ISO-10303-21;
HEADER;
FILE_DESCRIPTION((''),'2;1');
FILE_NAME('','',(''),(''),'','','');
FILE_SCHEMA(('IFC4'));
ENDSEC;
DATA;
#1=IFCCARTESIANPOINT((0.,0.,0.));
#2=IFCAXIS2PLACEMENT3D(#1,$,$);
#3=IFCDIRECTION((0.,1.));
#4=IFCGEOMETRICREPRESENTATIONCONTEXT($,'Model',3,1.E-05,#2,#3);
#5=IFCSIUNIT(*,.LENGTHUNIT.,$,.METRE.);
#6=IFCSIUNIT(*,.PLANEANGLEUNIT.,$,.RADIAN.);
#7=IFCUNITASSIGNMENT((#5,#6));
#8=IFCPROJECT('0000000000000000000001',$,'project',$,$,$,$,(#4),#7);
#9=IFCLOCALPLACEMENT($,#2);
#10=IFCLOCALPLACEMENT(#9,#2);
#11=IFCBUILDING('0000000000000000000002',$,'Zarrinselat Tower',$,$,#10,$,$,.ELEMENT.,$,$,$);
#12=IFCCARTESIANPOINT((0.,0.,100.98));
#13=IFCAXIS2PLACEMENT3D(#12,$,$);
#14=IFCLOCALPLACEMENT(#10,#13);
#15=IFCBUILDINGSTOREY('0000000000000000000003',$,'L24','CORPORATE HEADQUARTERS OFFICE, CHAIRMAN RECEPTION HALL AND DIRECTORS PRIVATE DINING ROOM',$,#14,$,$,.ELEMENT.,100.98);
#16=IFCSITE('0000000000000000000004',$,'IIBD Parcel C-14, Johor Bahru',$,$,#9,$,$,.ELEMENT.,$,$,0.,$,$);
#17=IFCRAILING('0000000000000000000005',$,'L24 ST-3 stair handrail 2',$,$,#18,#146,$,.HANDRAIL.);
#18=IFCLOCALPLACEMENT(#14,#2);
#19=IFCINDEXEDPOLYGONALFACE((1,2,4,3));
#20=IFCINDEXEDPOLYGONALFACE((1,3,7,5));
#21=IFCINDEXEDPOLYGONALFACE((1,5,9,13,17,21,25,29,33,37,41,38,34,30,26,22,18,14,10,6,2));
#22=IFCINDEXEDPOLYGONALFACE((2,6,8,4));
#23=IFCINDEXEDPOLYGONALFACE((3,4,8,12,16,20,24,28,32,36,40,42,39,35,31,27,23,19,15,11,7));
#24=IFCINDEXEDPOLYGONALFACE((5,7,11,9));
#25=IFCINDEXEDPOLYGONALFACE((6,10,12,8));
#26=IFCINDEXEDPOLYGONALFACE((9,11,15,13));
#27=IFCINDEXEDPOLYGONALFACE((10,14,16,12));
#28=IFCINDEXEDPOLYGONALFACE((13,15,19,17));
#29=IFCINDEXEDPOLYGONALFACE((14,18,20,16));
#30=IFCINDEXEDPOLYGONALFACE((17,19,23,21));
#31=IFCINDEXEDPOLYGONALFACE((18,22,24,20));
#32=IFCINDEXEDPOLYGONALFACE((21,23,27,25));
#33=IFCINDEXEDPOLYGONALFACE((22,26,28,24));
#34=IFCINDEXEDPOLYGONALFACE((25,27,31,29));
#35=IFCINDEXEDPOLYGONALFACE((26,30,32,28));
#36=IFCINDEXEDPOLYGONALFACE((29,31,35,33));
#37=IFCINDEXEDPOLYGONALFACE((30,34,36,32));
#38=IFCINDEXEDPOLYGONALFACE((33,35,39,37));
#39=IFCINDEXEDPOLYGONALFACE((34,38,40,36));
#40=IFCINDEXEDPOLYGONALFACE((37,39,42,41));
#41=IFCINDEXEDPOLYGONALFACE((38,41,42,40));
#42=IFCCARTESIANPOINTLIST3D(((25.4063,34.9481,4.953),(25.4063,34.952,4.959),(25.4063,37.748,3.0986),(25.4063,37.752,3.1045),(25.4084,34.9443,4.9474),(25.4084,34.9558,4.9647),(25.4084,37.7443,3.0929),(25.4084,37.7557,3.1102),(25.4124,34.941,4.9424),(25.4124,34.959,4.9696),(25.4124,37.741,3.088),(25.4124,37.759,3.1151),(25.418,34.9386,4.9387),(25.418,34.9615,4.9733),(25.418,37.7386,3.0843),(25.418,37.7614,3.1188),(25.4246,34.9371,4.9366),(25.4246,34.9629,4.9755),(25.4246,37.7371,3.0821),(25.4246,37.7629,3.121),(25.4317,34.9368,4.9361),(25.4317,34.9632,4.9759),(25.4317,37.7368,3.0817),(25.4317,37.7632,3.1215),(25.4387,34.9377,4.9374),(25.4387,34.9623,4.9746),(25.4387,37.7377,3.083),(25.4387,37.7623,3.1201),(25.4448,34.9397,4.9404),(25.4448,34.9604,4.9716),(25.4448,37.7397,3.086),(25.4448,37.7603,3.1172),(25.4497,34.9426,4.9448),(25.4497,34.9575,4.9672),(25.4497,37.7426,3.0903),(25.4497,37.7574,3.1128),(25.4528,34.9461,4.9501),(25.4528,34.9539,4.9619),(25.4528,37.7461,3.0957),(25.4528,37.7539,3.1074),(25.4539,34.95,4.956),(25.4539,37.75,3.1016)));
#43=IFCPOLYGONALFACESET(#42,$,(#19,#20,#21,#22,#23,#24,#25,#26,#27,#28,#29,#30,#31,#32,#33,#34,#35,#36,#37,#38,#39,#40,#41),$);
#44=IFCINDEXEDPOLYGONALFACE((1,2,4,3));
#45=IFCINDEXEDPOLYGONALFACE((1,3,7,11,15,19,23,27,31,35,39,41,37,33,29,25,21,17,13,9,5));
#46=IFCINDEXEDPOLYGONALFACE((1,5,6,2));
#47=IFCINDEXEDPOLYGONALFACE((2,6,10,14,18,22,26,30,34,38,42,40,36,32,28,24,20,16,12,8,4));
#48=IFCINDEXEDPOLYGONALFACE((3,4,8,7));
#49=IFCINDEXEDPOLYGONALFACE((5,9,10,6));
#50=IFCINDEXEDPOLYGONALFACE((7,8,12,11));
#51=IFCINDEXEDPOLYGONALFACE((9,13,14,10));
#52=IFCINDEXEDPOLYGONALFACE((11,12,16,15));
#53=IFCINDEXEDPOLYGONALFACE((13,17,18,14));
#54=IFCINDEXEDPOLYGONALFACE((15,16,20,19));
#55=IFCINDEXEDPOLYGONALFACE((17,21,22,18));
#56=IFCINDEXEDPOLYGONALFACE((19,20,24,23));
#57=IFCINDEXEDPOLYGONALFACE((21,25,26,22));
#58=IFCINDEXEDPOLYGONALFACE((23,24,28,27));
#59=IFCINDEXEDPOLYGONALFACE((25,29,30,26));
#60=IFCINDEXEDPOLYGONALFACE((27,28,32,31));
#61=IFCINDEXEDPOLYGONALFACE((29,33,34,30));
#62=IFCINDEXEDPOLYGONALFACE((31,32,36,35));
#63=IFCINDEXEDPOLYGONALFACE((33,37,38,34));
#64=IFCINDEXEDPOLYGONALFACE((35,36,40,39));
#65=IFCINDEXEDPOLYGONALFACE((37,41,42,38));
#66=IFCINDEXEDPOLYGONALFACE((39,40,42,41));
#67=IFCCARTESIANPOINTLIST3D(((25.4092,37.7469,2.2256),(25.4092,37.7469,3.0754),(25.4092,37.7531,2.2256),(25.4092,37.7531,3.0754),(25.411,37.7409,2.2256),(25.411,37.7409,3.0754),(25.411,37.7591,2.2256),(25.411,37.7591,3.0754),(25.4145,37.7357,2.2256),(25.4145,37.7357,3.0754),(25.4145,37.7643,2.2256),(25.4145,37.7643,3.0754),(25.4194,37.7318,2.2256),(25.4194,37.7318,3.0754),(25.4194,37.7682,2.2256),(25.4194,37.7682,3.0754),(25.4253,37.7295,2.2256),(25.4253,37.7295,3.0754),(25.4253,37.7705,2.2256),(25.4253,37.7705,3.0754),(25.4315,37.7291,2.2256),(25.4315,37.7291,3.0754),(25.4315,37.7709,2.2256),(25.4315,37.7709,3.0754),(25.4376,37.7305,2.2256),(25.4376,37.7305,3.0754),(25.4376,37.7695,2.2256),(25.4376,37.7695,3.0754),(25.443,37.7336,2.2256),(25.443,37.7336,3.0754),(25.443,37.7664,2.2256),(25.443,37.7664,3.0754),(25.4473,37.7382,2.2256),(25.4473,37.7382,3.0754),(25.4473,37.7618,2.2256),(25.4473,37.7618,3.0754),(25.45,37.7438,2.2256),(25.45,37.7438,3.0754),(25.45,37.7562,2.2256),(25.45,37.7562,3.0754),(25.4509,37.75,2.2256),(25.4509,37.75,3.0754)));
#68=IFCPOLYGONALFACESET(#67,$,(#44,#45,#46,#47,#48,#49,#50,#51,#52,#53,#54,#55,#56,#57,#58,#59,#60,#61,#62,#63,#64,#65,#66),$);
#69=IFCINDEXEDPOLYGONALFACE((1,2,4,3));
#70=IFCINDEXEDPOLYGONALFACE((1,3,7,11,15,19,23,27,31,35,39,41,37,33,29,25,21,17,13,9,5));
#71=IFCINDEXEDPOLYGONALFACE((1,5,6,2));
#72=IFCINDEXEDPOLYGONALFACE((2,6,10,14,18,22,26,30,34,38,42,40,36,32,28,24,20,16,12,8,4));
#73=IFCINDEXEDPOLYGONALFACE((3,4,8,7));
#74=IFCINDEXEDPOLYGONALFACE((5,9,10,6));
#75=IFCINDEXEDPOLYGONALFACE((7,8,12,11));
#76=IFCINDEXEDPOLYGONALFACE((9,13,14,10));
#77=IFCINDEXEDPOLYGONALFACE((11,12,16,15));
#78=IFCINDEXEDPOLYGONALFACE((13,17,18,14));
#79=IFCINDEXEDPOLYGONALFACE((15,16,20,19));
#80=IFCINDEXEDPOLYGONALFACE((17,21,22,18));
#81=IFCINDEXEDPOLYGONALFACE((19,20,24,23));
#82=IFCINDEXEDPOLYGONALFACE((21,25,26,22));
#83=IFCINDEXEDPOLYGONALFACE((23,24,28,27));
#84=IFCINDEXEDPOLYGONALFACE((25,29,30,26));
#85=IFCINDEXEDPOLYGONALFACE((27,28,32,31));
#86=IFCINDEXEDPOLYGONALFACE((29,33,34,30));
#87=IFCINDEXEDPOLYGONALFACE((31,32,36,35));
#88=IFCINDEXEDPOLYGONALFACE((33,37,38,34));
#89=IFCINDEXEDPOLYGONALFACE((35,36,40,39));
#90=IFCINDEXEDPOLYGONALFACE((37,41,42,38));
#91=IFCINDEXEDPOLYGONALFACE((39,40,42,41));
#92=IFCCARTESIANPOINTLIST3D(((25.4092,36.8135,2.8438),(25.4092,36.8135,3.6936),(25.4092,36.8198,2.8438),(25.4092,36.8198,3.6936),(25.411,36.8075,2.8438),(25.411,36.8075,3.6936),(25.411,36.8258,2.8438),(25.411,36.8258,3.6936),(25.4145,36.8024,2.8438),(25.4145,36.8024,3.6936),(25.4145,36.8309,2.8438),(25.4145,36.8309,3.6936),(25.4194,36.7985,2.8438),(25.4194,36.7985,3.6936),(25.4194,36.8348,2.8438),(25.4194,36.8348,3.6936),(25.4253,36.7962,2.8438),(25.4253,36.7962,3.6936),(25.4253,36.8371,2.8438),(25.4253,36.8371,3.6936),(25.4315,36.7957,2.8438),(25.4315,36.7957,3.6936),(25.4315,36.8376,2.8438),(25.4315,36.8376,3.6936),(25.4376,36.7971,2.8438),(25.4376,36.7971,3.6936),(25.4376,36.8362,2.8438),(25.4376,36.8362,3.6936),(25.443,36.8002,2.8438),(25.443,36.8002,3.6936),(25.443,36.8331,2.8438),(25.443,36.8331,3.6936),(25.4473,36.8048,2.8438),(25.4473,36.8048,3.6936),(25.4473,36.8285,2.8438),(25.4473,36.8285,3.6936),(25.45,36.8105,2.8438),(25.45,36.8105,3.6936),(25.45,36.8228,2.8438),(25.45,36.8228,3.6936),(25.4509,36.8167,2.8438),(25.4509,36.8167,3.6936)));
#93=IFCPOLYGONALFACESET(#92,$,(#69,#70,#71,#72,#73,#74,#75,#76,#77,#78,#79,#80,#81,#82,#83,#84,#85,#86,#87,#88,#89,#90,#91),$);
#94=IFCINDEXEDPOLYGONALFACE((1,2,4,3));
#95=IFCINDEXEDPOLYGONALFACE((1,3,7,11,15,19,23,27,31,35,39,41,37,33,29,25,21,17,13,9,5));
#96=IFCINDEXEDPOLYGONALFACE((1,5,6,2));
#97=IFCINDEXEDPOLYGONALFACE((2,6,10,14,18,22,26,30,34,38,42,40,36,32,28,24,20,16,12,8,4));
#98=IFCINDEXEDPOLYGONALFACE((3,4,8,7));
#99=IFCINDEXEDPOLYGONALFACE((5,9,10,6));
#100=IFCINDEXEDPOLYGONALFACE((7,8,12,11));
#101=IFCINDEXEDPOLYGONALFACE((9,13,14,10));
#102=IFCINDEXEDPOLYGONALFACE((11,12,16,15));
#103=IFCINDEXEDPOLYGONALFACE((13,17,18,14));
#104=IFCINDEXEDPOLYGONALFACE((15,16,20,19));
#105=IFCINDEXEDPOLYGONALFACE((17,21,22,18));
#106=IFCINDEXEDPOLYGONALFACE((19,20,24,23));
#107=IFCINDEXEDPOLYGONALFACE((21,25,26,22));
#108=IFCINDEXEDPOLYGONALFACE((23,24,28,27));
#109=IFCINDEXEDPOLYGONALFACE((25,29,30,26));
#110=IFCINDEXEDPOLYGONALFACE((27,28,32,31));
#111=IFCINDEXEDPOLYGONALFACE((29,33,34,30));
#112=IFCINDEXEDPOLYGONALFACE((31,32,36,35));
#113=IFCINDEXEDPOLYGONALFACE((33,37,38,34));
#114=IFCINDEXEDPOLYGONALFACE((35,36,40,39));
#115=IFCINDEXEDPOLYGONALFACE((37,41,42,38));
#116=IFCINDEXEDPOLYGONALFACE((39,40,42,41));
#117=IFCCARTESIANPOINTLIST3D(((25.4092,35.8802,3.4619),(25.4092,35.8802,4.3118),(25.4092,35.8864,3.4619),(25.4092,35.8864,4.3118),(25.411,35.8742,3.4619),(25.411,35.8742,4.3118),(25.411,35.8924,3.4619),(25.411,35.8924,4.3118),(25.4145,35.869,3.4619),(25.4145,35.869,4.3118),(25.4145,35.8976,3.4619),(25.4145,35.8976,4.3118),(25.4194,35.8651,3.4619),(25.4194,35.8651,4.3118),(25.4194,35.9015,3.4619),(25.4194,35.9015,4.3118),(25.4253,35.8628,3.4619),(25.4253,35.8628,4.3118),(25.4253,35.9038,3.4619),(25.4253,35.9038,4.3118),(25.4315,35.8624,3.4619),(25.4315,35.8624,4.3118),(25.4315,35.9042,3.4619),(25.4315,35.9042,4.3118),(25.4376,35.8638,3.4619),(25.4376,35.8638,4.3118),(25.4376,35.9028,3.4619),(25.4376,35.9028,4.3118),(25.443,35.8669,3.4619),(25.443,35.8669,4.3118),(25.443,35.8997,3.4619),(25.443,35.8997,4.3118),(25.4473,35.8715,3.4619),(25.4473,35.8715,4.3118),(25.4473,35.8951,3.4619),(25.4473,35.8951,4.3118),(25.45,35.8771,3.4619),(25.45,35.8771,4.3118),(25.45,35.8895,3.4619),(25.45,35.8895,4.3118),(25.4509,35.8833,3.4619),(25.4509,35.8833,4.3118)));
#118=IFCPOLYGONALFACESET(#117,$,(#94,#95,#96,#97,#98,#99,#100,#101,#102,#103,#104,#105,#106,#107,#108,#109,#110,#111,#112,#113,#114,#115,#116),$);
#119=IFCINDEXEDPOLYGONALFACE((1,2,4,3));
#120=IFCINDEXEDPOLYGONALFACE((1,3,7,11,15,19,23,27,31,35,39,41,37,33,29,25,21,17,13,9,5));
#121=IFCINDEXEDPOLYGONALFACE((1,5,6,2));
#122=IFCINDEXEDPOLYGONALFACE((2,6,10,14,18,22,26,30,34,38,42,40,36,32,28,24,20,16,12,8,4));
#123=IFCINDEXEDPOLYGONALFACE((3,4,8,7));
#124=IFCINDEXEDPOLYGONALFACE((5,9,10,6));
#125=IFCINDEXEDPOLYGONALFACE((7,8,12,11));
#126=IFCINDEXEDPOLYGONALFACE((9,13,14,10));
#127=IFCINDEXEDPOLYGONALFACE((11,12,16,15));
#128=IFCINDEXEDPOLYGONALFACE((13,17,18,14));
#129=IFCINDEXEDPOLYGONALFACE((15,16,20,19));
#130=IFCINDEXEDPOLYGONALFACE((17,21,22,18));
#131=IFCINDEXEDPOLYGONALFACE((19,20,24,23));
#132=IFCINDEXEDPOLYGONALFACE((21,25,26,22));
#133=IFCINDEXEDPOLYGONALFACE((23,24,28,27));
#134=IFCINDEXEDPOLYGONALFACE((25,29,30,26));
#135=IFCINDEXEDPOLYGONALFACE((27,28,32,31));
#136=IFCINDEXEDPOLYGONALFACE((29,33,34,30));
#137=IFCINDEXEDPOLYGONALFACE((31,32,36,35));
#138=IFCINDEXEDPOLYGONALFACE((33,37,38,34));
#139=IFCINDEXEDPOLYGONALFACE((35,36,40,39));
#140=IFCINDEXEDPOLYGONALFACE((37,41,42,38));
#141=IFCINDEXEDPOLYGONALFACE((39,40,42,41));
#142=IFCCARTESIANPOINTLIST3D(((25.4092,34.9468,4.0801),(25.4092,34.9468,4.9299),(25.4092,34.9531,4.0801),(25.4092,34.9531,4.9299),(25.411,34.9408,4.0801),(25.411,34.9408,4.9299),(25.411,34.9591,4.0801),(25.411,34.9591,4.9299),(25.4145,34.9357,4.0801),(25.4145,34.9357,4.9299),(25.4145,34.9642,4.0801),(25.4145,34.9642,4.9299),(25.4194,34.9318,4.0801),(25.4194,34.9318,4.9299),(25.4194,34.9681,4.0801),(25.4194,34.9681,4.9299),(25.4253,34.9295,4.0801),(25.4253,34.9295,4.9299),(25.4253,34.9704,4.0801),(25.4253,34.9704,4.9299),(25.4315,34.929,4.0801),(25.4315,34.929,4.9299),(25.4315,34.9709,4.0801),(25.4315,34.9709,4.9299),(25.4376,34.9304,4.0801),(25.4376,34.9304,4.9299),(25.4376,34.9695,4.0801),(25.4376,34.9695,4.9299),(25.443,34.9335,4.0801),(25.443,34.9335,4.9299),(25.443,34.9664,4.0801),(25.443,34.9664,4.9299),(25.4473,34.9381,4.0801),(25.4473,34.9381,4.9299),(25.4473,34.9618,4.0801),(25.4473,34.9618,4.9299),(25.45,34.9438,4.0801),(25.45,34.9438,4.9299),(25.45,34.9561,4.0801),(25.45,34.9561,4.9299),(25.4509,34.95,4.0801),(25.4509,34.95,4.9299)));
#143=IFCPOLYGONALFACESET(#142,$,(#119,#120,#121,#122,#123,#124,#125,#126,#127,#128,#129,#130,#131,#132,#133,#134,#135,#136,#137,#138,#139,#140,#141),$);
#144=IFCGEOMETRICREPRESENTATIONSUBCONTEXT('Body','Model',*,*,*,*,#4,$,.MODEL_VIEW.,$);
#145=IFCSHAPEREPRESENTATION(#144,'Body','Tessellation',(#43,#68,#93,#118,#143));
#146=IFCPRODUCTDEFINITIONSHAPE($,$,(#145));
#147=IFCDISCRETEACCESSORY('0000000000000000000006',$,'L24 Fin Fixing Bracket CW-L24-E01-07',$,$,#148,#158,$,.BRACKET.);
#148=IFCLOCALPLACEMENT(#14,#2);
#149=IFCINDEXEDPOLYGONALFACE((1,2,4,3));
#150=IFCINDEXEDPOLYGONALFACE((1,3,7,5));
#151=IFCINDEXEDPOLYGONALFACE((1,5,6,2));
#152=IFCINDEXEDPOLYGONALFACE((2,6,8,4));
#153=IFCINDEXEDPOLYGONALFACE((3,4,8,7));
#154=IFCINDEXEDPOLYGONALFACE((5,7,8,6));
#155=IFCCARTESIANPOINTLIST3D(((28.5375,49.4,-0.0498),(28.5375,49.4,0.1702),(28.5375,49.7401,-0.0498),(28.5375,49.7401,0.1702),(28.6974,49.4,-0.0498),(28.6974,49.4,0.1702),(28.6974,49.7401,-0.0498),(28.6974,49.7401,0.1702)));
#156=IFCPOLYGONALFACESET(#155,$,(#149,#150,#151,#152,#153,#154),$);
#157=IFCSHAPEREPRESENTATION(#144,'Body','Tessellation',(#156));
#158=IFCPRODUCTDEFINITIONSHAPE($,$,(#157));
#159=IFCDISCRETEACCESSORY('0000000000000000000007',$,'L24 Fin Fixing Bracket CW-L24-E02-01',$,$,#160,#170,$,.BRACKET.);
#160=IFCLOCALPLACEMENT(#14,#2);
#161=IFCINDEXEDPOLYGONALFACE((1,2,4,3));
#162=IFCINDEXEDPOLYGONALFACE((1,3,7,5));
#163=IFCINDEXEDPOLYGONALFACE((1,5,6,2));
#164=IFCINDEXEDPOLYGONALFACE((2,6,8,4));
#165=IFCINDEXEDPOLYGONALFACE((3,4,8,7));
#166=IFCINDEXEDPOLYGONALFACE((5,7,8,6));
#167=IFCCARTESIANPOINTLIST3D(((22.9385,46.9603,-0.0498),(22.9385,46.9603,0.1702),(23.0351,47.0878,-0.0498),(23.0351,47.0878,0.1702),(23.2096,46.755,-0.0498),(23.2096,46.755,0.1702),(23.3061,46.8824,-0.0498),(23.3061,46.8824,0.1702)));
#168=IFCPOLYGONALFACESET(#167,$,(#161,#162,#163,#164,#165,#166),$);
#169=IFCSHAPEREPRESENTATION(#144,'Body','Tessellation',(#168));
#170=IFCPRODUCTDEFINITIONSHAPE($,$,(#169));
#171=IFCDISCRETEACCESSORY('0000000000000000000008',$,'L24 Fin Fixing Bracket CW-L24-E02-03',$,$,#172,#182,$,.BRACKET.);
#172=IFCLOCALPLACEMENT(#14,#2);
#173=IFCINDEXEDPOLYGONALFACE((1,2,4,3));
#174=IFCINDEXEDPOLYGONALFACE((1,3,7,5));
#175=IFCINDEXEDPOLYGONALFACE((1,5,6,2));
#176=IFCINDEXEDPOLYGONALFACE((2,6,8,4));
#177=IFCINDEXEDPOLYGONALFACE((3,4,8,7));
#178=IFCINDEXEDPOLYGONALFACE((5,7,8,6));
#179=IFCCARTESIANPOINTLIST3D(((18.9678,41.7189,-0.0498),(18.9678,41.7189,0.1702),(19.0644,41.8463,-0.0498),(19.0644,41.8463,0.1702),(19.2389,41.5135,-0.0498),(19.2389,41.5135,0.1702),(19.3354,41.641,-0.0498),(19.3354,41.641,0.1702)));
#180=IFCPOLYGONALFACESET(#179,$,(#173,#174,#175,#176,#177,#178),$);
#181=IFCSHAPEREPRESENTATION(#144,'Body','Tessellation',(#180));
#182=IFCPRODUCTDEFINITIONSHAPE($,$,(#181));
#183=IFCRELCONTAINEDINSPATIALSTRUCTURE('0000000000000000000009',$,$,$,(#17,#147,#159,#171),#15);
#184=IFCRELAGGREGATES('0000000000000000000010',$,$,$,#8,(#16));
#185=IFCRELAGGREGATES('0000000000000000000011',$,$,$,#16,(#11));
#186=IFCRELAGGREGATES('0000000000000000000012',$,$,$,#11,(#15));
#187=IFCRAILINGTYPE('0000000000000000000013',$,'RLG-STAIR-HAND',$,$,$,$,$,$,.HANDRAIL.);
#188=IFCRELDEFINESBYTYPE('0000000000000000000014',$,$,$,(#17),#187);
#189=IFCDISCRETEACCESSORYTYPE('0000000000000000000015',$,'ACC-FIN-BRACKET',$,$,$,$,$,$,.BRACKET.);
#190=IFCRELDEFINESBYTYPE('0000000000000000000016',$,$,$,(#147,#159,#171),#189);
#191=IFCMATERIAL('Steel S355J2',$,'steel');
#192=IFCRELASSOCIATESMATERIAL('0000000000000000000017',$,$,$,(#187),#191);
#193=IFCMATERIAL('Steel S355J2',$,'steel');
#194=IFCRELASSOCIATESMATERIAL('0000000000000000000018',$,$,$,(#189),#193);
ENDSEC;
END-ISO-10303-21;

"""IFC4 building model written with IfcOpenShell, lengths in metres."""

from ifc_helpers import new_model, si_unit, direction, frame, origin, origin_2d, place, context, subcontext, project, spatial, rectangle, circle, extrude, material, type_object, element, save


model = new_model("IFC4")

# Units and contexts
model_context = context("Model", 3, precision=1e-05, world=origin(), true_north=direction((0.0, 1.0)))
body_context = subcontext(model_context, "Body", "Model", "MODEL_VIEW")
ifc_project = project(units=[si_unit("LENGTHUNIT", "METRE"), si_unit("PLANEANGLEUNIT", "RADIAN")], contexts=[model_context])

# Site, building, storey
site_placement = place(None, origin())
site = spatial("IfcSite", under=ifc_project, at=site_placement, Name="IIBD Parcel C-14, Johor Bahru", CompositionType="ELEMENT", RefElevation=0.0)
building_placement = place(site_placement, origin())
building = spatial("IfcBuilding", under=site, at=building_placement, Name="Zarrinselat Tower", CompositionType="ELEMENT")
storey_placement = place(building_placement, frame((0.0, 0.0, 100.98)))
storey = spatial("IfcBuildingStorey", under=building, at=storey_placement, Name="L24", Description="CORPORATE HEADQUARTERS OFFICE, CHAIRMAN RECEPTION HALL AND DIRECTORS PRIVATE DINING ROOM", CompositionType="ELEMENT", Elevation=100.98)

# Railing
ifc_material_1 = material(Name="Steel S355J2", Category="steel")
railing_type_1 = type_object("IfcRailingType", Name="RLG-STAIR-HAND", PredefinedType="HANDRAIL", material=ifc_material_1)
railing_1_placement = place(storey_placement, frame((25.4299, 37.75, 2.2256)))
element("IfcRailing", 1, at=railing_1_placement, inside=storey, type_object=railing_type_1, Name="L24 ST-3 stair handrail 2", PredefinedType="HANDRAIL", context=body_context, shape_type="SweptSolid", body=[
    extrude(circle(Radius=0.0239, at=origin_2d()), frame((0.0, 0.0, 0.876), z_axis=(0.0, -0.833724, 0.552181), x_axis=(1.0, 0.0, 0.0)), (0.0, 0.0, 1.0), 3.3584),
    extrude(circle(Radius=0.021, at=origin_2d()), origin(), (0.0, 0.0, 1.0), 0.8499),
    extrude(circle(Radius=0.021, at=origin_2d()), frame((0.0, -0.9333, 0.6182)), (0.0, 0.0, 1.0), 0.8499),
    extrude(circle(Radius=0.021, at=origin_2d()), frame((0.0, -1.8667, 1.2363)), (0.0, 0.0, 1.0), 0.8499),
    extrude(circle(Radius=0.021, at=origin_2d()), frame((0.0, -2.8, 1.8545)), (0.0, 0.0, 1.0), 0.8499),
])

# Discrete accessories
ifc_material_2 = material(Name="Steel S355J2", Category="steel")
discrete_accessory_type = type_object("IfcDiscreteAccessoryType", Name="ACC-FIN-BRACKET", PredefinedType="BRACKET", material=ifc_material_2)
for number, where, z_axis, x_axis, name in (
    (2, (28.6174, 49.5701, -0.0498), (0.0, 0.0, 1.0), (0.0, 1.0, 0.0), "L24 Fin Fixing Bracket CW-L24-E01-07"),
    (3, (23.1223, 46.9214, -0.0498), (0.0, 0.0, 1.0), (-0.797094, 0.603855, 0.0), "L24 Fin Fixing Bracket CW-L24-E02-01"),
    (4, (19.1516, 41.6799, -0.0498), (0.0, 0.0, 1.0), (-0.797094, 0.603855, 0.0), "L24 Fin Fixing Bracket CW-L24-E02-03"),
):
    element("IfcDiscreteAccessory", number, at=place(storey_placement, frame(where, z_axis=z_axis, x_axis=x_axis)), inside=storey, type_object=discrete_accessory_type, Name=name, PredefinedType="BRACKET", context=body_context, shape_type="SweptSolid", body=[
        extrude(rectangle(XDim=0.3401, YDim=0.1599, at=origin_2d()), origin(), (0.0, 0.0, 1.0), 0.22),
    ])

save(model, "model.ifc")
